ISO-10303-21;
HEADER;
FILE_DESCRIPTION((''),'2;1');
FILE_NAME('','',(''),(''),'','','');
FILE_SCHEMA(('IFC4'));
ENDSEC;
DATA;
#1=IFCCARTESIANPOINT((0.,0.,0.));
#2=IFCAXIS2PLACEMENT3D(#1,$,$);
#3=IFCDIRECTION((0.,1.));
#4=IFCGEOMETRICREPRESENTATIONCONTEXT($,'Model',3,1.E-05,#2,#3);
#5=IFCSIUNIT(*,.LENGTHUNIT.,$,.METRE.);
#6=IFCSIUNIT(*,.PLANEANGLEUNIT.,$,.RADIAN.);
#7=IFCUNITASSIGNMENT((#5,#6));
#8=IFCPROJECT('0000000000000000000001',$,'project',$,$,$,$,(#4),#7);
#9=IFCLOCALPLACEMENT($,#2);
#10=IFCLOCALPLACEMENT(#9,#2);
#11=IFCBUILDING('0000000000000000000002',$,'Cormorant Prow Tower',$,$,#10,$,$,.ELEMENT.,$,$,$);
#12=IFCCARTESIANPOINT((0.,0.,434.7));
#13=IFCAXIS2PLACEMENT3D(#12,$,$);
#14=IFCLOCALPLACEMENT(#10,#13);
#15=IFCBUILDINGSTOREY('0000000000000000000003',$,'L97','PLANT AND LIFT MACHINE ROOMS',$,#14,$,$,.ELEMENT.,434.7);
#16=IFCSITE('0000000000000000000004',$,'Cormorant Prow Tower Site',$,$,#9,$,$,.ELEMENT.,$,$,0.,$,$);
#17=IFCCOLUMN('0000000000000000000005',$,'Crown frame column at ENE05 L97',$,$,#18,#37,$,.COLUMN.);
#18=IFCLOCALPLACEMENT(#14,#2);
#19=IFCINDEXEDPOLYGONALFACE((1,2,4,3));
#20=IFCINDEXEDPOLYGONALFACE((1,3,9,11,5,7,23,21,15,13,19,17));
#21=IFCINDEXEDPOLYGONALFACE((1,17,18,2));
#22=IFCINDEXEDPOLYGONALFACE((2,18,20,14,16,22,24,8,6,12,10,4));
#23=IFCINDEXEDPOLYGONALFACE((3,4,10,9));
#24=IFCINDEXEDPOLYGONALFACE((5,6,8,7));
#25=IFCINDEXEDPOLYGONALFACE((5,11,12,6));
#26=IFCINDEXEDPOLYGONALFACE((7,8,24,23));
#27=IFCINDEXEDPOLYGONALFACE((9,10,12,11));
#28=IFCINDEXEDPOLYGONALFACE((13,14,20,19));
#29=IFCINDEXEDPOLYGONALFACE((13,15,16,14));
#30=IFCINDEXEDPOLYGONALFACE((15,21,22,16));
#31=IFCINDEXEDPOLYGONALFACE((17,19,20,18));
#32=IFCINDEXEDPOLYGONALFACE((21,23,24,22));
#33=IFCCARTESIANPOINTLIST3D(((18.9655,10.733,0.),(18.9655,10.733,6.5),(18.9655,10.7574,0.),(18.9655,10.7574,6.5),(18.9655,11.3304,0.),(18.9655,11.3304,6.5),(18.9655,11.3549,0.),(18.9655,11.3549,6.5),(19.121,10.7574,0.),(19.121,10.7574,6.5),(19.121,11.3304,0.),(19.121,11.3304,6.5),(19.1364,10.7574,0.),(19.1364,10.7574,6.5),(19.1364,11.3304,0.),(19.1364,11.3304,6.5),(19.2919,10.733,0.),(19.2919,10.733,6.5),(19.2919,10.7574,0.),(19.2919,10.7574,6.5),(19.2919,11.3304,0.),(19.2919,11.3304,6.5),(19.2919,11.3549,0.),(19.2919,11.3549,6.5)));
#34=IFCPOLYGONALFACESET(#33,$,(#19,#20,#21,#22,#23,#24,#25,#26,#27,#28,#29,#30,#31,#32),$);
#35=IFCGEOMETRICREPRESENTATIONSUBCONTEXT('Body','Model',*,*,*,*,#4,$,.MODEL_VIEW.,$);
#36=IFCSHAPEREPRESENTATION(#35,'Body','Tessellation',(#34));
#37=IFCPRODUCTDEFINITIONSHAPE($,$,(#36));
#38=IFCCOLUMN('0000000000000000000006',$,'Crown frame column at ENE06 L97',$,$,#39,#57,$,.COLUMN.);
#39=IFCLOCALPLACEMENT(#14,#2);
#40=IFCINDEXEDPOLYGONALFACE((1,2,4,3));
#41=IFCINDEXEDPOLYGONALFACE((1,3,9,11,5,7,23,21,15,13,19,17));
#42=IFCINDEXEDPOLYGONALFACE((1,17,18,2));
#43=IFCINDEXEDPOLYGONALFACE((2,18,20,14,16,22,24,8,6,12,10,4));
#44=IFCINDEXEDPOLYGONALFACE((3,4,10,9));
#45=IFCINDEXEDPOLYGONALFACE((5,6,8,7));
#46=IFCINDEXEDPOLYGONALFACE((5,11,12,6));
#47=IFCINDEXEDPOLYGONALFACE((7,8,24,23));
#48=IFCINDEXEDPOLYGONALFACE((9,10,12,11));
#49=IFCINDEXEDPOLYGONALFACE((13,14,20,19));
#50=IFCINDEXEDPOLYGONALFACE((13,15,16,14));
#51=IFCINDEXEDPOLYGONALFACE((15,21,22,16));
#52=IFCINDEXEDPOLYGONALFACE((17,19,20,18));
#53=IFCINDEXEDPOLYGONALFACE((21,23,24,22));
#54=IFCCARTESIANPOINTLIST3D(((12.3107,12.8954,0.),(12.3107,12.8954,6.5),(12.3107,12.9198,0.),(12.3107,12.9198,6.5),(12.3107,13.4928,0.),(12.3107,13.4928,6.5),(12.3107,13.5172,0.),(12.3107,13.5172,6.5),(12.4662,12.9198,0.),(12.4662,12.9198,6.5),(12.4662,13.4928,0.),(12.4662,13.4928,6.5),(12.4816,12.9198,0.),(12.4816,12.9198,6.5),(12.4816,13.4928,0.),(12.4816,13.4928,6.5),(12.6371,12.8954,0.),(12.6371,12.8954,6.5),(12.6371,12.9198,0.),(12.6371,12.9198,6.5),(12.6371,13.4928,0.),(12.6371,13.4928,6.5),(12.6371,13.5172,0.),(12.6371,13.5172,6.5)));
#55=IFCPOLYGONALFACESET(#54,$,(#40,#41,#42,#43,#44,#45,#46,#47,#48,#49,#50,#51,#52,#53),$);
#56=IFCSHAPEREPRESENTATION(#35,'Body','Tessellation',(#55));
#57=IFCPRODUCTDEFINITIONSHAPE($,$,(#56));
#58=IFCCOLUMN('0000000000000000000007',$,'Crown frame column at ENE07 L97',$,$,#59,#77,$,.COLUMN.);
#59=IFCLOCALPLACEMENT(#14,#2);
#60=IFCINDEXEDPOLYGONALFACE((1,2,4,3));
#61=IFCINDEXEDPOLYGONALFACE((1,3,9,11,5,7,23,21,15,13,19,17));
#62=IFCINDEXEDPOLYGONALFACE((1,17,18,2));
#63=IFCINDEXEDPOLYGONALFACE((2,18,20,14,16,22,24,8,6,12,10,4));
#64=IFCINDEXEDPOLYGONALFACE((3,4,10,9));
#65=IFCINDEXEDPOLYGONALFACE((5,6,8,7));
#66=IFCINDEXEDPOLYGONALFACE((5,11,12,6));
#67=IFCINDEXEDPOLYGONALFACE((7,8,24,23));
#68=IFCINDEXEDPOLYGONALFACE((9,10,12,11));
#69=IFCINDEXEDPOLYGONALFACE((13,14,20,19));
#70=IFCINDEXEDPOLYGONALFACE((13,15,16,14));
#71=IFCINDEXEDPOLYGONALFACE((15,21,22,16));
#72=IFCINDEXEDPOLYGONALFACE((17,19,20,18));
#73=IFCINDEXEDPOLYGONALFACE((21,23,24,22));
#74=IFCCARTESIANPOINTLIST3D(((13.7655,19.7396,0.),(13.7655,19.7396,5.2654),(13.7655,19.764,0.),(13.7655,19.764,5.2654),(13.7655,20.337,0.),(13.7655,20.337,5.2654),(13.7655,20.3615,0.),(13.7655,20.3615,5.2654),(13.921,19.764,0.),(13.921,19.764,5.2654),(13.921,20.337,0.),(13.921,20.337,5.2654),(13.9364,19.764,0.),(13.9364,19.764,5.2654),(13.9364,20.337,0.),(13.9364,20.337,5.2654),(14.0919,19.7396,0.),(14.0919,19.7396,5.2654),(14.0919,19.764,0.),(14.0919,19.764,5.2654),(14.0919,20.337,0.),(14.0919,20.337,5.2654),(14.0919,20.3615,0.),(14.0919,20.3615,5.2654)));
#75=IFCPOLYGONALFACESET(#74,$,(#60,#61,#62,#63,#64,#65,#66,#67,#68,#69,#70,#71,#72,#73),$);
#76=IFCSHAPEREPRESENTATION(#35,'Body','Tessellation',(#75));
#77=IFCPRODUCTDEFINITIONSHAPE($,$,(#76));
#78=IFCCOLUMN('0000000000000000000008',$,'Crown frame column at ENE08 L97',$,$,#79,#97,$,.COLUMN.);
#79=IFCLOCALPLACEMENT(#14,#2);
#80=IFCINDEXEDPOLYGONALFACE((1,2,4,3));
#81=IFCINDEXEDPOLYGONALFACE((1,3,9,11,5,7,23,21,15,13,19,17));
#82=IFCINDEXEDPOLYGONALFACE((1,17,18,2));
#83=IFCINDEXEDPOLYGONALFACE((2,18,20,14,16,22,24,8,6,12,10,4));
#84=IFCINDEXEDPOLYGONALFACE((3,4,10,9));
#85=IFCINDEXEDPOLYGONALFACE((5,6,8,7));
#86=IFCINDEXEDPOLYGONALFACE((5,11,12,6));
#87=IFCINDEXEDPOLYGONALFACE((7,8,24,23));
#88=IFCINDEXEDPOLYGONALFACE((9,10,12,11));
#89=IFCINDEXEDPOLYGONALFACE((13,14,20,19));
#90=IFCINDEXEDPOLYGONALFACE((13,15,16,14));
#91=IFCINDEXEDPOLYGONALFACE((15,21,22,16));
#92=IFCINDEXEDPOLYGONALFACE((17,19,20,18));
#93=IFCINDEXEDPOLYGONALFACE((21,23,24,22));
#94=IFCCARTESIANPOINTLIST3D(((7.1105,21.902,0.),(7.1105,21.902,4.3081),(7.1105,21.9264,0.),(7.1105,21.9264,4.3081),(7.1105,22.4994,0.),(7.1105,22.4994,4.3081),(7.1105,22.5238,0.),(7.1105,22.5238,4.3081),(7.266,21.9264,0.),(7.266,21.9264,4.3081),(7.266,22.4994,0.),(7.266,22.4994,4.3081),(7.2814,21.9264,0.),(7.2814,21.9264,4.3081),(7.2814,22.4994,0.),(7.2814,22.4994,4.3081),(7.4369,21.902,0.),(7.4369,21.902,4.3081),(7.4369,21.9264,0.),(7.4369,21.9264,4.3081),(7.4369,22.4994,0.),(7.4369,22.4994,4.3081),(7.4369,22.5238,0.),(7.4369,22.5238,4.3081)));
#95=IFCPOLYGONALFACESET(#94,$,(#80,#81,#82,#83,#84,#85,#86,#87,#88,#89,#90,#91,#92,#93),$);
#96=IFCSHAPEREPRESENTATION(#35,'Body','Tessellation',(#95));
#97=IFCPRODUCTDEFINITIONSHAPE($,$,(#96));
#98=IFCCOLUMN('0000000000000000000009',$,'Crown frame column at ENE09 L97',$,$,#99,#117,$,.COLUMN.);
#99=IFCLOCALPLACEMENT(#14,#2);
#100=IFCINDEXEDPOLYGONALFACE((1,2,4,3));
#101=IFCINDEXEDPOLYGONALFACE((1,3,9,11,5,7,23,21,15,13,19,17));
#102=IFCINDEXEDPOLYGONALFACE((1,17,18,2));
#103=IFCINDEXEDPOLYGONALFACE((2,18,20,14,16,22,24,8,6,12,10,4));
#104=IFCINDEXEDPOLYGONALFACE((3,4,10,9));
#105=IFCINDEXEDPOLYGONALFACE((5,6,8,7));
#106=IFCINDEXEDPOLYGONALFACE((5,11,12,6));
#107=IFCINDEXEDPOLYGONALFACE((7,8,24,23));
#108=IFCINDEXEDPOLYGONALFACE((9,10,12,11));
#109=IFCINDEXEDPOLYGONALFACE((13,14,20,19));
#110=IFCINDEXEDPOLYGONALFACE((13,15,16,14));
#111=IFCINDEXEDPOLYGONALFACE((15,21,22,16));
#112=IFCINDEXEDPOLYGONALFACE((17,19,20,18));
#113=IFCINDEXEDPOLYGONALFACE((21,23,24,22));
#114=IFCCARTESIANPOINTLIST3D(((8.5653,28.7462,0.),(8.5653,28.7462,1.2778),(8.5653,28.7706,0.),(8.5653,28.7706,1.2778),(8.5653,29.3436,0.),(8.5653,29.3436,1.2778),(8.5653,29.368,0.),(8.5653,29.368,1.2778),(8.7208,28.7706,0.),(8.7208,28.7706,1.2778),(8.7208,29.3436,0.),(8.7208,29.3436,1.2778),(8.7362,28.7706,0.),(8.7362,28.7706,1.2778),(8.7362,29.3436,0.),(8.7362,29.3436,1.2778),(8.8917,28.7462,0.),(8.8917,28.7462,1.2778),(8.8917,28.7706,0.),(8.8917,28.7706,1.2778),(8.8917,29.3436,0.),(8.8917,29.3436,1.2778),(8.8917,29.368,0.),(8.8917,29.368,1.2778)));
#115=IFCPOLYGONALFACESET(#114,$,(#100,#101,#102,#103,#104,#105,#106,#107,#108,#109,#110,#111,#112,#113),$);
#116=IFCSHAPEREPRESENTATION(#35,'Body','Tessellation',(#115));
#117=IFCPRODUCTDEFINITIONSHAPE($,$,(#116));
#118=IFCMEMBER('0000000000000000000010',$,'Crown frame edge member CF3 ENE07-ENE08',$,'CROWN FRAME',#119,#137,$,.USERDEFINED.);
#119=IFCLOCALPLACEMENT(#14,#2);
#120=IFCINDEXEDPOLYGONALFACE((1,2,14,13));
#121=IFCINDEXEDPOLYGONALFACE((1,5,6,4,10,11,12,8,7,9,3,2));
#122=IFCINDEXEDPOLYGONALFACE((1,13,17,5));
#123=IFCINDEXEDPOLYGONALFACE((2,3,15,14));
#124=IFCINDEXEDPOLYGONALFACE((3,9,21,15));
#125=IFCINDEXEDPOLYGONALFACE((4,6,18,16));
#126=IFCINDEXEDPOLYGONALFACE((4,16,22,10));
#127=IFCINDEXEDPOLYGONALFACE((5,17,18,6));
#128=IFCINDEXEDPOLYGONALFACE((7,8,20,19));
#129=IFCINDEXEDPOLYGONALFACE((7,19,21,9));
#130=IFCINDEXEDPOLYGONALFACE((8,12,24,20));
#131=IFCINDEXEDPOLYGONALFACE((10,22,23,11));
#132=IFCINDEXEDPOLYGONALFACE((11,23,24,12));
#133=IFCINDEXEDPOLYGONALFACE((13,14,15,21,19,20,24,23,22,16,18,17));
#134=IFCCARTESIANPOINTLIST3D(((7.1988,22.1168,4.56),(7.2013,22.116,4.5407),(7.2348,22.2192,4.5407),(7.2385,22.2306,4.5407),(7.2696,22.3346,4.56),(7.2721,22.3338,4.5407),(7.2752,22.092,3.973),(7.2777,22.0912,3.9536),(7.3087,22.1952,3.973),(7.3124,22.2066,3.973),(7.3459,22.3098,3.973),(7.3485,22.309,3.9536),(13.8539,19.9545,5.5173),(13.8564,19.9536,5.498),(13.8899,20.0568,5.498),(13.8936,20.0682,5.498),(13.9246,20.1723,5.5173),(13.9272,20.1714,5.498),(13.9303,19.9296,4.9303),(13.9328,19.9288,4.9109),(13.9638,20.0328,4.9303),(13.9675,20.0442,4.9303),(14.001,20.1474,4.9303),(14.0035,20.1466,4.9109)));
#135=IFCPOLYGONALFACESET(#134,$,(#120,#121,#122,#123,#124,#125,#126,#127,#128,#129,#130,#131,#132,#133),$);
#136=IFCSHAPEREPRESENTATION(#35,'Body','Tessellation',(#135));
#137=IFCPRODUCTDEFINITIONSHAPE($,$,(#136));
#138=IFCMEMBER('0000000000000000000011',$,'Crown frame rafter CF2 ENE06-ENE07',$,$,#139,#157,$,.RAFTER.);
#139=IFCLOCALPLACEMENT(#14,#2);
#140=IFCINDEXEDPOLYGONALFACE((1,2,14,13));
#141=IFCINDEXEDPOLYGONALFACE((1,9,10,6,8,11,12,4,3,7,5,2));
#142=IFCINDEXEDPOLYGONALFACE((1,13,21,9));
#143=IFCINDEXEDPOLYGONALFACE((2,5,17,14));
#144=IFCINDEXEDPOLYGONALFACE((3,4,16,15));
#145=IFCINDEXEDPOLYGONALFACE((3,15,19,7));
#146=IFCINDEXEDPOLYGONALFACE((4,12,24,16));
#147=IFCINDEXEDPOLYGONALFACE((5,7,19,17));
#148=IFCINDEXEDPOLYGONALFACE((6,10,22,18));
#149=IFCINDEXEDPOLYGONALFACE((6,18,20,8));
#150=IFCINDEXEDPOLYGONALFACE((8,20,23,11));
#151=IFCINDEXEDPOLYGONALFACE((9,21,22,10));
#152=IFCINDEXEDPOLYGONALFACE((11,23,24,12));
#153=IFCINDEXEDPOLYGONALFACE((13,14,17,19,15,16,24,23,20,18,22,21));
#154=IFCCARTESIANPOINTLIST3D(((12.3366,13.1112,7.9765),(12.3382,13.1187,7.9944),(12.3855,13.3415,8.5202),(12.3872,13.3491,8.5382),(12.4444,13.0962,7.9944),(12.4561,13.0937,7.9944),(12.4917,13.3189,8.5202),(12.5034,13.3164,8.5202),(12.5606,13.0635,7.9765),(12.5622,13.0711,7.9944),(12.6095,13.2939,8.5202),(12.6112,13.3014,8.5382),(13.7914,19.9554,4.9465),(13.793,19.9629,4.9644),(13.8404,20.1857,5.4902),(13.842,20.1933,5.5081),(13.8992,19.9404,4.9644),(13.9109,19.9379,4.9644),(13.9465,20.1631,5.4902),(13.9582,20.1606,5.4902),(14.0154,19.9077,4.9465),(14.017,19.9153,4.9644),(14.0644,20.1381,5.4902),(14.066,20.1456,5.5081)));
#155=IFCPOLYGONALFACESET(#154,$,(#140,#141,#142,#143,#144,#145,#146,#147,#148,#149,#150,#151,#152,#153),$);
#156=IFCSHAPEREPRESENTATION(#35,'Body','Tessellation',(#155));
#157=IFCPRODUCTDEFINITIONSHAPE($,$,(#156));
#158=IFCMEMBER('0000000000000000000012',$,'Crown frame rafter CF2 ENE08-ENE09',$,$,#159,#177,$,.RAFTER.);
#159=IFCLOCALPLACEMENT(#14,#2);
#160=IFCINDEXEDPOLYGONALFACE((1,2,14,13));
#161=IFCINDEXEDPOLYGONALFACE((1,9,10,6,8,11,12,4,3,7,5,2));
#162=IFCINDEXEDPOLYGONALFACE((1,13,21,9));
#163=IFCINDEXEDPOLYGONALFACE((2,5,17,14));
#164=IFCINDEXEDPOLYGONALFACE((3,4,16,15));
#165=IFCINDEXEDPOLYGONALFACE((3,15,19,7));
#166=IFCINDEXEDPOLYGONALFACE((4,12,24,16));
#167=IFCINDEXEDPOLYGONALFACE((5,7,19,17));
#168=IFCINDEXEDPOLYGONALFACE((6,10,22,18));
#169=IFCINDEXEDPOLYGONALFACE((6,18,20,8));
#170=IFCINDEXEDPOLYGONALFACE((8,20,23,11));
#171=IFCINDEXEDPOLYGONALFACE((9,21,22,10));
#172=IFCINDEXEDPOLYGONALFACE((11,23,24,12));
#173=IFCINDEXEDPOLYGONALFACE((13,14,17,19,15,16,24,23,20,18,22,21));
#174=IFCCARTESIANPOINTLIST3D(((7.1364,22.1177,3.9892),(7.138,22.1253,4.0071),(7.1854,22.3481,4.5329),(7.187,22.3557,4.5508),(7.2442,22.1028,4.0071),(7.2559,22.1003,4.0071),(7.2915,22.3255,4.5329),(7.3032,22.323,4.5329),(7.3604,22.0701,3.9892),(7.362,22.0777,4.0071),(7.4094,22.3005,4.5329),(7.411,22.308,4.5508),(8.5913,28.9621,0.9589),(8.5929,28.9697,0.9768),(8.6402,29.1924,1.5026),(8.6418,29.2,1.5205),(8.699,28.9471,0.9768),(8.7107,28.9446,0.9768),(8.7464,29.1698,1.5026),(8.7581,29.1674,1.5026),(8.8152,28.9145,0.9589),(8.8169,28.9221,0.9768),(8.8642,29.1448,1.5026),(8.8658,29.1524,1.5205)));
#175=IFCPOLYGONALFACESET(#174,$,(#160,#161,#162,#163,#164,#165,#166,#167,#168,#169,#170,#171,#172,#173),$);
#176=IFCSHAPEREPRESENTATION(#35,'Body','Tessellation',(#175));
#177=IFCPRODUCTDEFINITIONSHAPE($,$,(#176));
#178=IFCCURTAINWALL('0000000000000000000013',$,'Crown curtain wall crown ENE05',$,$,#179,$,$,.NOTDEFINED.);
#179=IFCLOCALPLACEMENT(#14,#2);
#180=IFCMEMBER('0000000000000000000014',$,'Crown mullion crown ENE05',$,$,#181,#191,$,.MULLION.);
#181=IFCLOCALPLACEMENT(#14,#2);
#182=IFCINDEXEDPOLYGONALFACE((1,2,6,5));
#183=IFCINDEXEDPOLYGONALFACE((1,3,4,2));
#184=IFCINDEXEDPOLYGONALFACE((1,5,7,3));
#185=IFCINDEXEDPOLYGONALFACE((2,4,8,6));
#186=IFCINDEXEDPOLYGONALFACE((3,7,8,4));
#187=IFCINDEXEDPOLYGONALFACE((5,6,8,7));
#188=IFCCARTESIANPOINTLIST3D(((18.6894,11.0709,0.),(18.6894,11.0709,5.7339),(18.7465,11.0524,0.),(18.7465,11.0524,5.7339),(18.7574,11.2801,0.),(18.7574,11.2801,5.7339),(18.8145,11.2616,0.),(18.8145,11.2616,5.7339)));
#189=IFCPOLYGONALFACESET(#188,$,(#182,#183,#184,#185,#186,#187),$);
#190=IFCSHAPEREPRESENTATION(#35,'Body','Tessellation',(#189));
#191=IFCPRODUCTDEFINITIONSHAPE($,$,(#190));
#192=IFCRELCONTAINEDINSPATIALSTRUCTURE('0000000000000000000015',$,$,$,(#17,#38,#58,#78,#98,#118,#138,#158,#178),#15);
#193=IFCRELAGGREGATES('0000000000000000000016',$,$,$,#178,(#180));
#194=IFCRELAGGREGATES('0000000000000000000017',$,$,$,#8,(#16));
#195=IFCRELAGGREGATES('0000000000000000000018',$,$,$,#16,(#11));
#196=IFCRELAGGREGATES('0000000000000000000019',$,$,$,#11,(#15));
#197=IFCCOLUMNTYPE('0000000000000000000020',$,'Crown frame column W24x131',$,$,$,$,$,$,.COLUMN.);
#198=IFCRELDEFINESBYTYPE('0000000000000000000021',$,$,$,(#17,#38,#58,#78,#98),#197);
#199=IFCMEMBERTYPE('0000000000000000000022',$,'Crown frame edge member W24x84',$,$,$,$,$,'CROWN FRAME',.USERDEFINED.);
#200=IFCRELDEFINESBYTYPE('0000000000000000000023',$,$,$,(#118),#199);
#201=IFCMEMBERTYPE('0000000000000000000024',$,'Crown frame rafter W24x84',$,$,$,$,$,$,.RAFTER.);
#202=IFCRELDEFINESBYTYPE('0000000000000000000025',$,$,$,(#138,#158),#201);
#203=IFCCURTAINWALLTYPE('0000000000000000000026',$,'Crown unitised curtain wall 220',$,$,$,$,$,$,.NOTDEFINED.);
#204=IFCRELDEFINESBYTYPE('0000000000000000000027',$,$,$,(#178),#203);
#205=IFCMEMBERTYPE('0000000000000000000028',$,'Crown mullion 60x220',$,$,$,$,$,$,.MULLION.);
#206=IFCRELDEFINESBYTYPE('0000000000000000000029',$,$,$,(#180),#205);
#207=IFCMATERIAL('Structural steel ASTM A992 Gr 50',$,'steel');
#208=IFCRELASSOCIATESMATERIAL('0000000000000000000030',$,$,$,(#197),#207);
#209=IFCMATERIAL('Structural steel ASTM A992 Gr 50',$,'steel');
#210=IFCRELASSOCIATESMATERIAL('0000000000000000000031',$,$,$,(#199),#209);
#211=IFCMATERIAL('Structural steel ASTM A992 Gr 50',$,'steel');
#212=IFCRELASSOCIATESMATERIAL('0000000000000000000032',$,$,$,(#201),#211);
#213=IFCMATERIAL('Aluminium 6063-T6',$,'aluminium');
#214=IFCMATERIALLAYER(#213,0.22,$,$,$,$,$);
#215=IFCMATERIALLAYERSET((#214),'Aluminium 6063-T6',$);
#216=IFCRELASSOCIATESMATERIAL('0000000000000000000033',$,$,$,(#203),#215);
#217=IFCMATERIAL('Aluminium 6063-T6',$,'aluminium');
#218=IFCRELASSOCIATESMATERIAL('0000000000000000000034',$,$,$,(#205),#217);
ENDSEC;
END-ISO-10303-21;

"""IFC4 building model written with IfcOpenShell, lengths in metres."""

from ifc_helpers import new_model, si_unit, direction, frame, origin, origin_2d, place, context, subcontext, project, spatial, rectangle, i_section, extrude, material, layer, layer_set, material_profile, profile_set, type_object, element, aggregate, save


model = new_model("IFC4")

# Units and contexts
model_context = context("Model", 3, precision=1e-05, world=origin(), true_north=direction((0.0, 1.0)))
body_context = subcontext(model_context, "Body", "Model", "MODEL_VIEW")
ifc_project = project(units=[si_unit("LENGTHUNIT", "METRE"), si_unit("PLANEANGLEUNIT", "RADIAN")], contexts=[model_context])

# Site, building, storey
site_placement = place(None, origin())
site = spatial("IfcSite", under=ifc_project, at=site_placement, Name="Cormorant Prow Tower Site", CompositionType="ELEMENT", RefElevation=0.0)
building_placement = place(site_placement, origin())
building = spatial("IfcBuilding", under=site, at=building_placement, Name="Cormorant Prow Tower", CompositionType="ELEMENT")
storey_placement = place(building_placement, frame((0.0, 0.0, 434.7)))
storey = spatial("IfcBuildingStorey", under=building, at=storey_placement, Name="L97", Description="PLANT AND LIFT MACHINE ROOMS", CompositionType="ELEMENT", Elevation=434.7)

# Columns
ifc_material_1 = material(Name="Structural steel ASTM A992 Gr 50", Category="steel")
ifc_material_profile_1 = material_profile(ifc_material_1, i_section(OverallWidth=0.3264, OverallDepth=0.6218, WebThickness=0.0154, FlangeThickness=0.0244, at=origin_2d()), Name="W24x131")
ifc_profile_set_1 = profile_set([ifc_material_profile_1], Name="Structural steel ASTM A992 Gr 50")
column_type = type_object("IfcColumnType", Name="Crown frame column W24x131", PredefinedType="COLUMN", material=ifc_profile_set_1)
for number, where, z_axis, x_axis, name in (
    (1, (19.1287, 11.0439, 0.0), (0.0, 0.0, 1.0), (1.0, 0.0, 0.0), "Crown frame column at ENE05 L97"),
    (2, (12.4739, 13.2063, 0.0), (0.0, 0.0, 1.0), (1.0, 0.0, 0.0), "Crown frame column at ENE06 L97"),
):
    element("IfcColumn", number, at=place(storey_placement, frame(where, z_axis=z_axis, x_axis=x_axis)), inside=storey, type_object=column_type, Name=name, PredefinedType="COLUMN", context=body_context, shape_type="SweptSolid", body=[
        extrude(i_section(OverallWidth=0.3264, OverallDepth=0.6218, WebThickness=0.0154, FlangeThickness=0.0244, at=origin_2d()), origin(), (0.0, 0.0, 1.0), 6.5),
    ])
column_1_placement = place(storey_placement, frame((13.9287, 20.0505, 0.0), z_axis=(0.0, 0.0, 1.0), x_axis=(1.0, 0.0, 0.0)))
element("IfcColumn", 3, at=column_1_placement, inside=storey, type_object=column_type, Name="Crown frame column at ENE07 L97", PredefinedType="COLUMN", context=body_context, shape_type="SweptSolid", body=[
    extrude(i_section(OverallWidth=0.3264, OverallDepth=0.6218, WebThickness=0.0154, FlangeThickness=0.0244, at=origin_2d()), origin(), (0.0, 0.0, 1.0), 5.2654),
])
column_2_placement = place(storey_placement, frame((7.2737, 22.2129, 0.0), z_axis=(0.0, 0.0, 1.0), x_axis=(1.0, 0.0, 0.0)))
element("IfcColumn", 4, at=column_2_placement, inside=storey, type_object=column_type, Name="Crown frame column at ENE08 L97", PredefinedType="COLUMN", context=body_context, shape_type="SweptSolid", body=[
    extrude(i_section(OverallWidth=0.3264, OverallDepth=0.6218, WebThickness=0.0154, FlangeThickness=0.0244, at=origin_2d()), origin(), (0.0, 0.0, 1.0), 4.3081),
])
column_3_placement = place(storey_placement, frame((8.7285, 29.0571, 0.0), z_axis=(0.0, 0.0, 1.0), x_axis=(1.0, 0.0, 0.0)))
element("IfcColumn", 5, at=column_3_placement, inside=storey, type_object=column_type, Name="Crown frame column at ENE09 L97", PredefinedType="COLUMN", context=body_context, shape_type="SweptSolid", body=[
    extrude(i_section(OverallWidth=0.3264, OverallDepth=0.6218, WebThickness=0.0154, FlangeThickness=0.0244, at=origin_2d()), origin(), (0.0, 0.0, 1.0), 1.2778),
])

# Members
ifc_material_2 = material(Name="Structural steel ASTM A992 Gr 50", Category="steel")
ifc_material_profile_2 = material_profile(ifc_material_2, i_section(OverallWidth=0.229, OverallDepth=0.6121, WebThickness=0.012, FlangeThickness=0.0195, at=origin_2d()), Name="W24x84")
ifc_profile_set_2 = profile_set([ifc_material_profile_2], Name="Structural steel ASTM A992 Gr 50")
member_type_1 = type_object("IfcMemberType", Name="Crown frame edge member W24x84", ElementType="CROWN FRAME", PredefinedType="USERDEFINED", material=ifc_profile_set_2)
member_1_placement = place(storey_placement, frame((13.9287, 20.0505, 5.2141), z_axis=(-0.94228, 0.306166, -0.13554), x_axis=(-0.309017, -0.951056, 0.0)))
element("IfcMember", 6, at=member_1_placement, inside=storey, type_object=member_type_1, Name="Crown frame edge member CF3 ENE07-ENE08", ObjectType="CROWN FRAME", PredefinedType="USERDEFINED", context=body_context, shape_type="SweptSolid", body=[
    extrude(i_section(OverallWidth=0.229, OverallDepth=0.6121, WebThickness=0.012, FlangeThickness=0.0195, at=origin_2d()), origin(), (0.0, 0.0, 1.0), 7.0627),
])
ifc_material_3 = material(Name="Structural steel ASTM A992 Gr 50", Category="steel")
ifc_material_profile_3 = material_profile(ifc_material_3, i_section(OverallWidth=0.229, OverallDepth=0.6121, WebThickness=0.012, FlangeThickness=0.0195, at=origin_2d()), Name="W24x84")
ifc_profile_set_3 = profile_set([ifc_material_profile_3], Name="Structural steel ASTM A992 Gr 50")
member_type_2 = type_object("IfcMemberType", Name="Crown frame rafter W24x84", PredefinedType="RAFTER", material=ifc_profile_set_3)
member_2_placement = place(storey_placement, frame((12.4739, 13.2063, 8.2573), z_axis=(0.190797, 0.8976, -0.397379), x_axis=(-0.978146, 0.207918, 0.0)))
element("IfcMember", 7, at=member_2_placement, inside=storey, type_object=member_type_2, Name="Crown frame rafter CF2 ENE06-ENE07", PredefinedType="RAFTER", context=body_context, shape_type="SweptSolid", body=[
    extrude(i_section(OverallWidth=0.229, OverallDepth=0.6121, WebThickness=0.012, FlangeThickness=0.0195, at=origin_2d()), origin(), (0.0, 0.0, 1.0), 7.625),
])
member_3_placement = place(storey_placement, frame((7.2737, 22.2129, 4.27), z_axis=(0.190795, 0.897589, -0.397406), x_axis=(-0.978146, 0.207918, 0.0)))
element("IfcMember", 8, at=member_3_placement, inside=storey, type_object=member_type_2, Name="Crown frame rafter CF2 ENE08-ENE09", PredefinedType="RAFTER", context=body_context, shape_type="SweptSolid", body=[
    extrude(i_section(OverallWidth=0.229, OverallDepth=0.6121, WebThickness=0.012, FlangeThickness=0.0195, at=origin_2d()), origin(), (0.0, 0.0, 1.0), 7.6252),
])

# Curtain wall, member
ifc_material_4 = material(Name="Aluminium 6063-T6", Category="aluminium")
ifc_layer_1 = layer(ifc_material_4, 0.22)
ifc_layer_set_1 = layer_set([ifc_layer_1], Name="Aluminium 6063-T6")
curtain_wall_type = type_object("IfcCurtainWallType", Name="Crown unitised curtain wall 220", PredefinedType="NOTDEFINED", material=ifc_layer_set_1)
curtain_wall_1_placement = place(storey_placement, origin())
curtain_wall_1 = element("IfcCurtainWall", 9, at=curtain_wall_1_placement, inside=storey, type_object=curtain_wall_type, Name="Crown curtain wall crown ENE05", PredefinedType="NOTDEFINED")
ifc_material_5 = material(Name="Aluminium 6063-T6", Category="aluminium")
ifc_material_profile_4 = material_profile(ifc_material_5, rectangle(XDim=0.22, YDim=0.0601, at=origin_2d()), Name="Crown mullion 60x220")
ifc_profile_set_4 = profile_set([ifc_material_profile_4], Name="Aluminium 6063-T6")
member_type_3 = type_object("IfcMemberType", Name="Crown mullion 60x220", PredefinedType="MULLION", material=ifc_profile_set_4)
member_4_placement = place(storey_placement, frame((18.752, 11.1663, 0.0), z_axis=(0.0, 0.0, 1.0), x_axis=(-0.309017, -0.951056, 0.0)))
member_4 = element("IfcMember", 10, at=member_4_placement, type_object=member_type_3, Name="Crown mullion crown ENE05", PredefinedType="MULLION", context=body_context, shape_type="SweptSolid", body=[
    extrude(rectangle(XDim=0.22, YDim=0.0601, at=origin_2d()), origin(), (0.0, 0.0, 1.0), 5.7339),
])

aggregate(curtain_wall_1, [member_4])

save(model, "model.ifc")
